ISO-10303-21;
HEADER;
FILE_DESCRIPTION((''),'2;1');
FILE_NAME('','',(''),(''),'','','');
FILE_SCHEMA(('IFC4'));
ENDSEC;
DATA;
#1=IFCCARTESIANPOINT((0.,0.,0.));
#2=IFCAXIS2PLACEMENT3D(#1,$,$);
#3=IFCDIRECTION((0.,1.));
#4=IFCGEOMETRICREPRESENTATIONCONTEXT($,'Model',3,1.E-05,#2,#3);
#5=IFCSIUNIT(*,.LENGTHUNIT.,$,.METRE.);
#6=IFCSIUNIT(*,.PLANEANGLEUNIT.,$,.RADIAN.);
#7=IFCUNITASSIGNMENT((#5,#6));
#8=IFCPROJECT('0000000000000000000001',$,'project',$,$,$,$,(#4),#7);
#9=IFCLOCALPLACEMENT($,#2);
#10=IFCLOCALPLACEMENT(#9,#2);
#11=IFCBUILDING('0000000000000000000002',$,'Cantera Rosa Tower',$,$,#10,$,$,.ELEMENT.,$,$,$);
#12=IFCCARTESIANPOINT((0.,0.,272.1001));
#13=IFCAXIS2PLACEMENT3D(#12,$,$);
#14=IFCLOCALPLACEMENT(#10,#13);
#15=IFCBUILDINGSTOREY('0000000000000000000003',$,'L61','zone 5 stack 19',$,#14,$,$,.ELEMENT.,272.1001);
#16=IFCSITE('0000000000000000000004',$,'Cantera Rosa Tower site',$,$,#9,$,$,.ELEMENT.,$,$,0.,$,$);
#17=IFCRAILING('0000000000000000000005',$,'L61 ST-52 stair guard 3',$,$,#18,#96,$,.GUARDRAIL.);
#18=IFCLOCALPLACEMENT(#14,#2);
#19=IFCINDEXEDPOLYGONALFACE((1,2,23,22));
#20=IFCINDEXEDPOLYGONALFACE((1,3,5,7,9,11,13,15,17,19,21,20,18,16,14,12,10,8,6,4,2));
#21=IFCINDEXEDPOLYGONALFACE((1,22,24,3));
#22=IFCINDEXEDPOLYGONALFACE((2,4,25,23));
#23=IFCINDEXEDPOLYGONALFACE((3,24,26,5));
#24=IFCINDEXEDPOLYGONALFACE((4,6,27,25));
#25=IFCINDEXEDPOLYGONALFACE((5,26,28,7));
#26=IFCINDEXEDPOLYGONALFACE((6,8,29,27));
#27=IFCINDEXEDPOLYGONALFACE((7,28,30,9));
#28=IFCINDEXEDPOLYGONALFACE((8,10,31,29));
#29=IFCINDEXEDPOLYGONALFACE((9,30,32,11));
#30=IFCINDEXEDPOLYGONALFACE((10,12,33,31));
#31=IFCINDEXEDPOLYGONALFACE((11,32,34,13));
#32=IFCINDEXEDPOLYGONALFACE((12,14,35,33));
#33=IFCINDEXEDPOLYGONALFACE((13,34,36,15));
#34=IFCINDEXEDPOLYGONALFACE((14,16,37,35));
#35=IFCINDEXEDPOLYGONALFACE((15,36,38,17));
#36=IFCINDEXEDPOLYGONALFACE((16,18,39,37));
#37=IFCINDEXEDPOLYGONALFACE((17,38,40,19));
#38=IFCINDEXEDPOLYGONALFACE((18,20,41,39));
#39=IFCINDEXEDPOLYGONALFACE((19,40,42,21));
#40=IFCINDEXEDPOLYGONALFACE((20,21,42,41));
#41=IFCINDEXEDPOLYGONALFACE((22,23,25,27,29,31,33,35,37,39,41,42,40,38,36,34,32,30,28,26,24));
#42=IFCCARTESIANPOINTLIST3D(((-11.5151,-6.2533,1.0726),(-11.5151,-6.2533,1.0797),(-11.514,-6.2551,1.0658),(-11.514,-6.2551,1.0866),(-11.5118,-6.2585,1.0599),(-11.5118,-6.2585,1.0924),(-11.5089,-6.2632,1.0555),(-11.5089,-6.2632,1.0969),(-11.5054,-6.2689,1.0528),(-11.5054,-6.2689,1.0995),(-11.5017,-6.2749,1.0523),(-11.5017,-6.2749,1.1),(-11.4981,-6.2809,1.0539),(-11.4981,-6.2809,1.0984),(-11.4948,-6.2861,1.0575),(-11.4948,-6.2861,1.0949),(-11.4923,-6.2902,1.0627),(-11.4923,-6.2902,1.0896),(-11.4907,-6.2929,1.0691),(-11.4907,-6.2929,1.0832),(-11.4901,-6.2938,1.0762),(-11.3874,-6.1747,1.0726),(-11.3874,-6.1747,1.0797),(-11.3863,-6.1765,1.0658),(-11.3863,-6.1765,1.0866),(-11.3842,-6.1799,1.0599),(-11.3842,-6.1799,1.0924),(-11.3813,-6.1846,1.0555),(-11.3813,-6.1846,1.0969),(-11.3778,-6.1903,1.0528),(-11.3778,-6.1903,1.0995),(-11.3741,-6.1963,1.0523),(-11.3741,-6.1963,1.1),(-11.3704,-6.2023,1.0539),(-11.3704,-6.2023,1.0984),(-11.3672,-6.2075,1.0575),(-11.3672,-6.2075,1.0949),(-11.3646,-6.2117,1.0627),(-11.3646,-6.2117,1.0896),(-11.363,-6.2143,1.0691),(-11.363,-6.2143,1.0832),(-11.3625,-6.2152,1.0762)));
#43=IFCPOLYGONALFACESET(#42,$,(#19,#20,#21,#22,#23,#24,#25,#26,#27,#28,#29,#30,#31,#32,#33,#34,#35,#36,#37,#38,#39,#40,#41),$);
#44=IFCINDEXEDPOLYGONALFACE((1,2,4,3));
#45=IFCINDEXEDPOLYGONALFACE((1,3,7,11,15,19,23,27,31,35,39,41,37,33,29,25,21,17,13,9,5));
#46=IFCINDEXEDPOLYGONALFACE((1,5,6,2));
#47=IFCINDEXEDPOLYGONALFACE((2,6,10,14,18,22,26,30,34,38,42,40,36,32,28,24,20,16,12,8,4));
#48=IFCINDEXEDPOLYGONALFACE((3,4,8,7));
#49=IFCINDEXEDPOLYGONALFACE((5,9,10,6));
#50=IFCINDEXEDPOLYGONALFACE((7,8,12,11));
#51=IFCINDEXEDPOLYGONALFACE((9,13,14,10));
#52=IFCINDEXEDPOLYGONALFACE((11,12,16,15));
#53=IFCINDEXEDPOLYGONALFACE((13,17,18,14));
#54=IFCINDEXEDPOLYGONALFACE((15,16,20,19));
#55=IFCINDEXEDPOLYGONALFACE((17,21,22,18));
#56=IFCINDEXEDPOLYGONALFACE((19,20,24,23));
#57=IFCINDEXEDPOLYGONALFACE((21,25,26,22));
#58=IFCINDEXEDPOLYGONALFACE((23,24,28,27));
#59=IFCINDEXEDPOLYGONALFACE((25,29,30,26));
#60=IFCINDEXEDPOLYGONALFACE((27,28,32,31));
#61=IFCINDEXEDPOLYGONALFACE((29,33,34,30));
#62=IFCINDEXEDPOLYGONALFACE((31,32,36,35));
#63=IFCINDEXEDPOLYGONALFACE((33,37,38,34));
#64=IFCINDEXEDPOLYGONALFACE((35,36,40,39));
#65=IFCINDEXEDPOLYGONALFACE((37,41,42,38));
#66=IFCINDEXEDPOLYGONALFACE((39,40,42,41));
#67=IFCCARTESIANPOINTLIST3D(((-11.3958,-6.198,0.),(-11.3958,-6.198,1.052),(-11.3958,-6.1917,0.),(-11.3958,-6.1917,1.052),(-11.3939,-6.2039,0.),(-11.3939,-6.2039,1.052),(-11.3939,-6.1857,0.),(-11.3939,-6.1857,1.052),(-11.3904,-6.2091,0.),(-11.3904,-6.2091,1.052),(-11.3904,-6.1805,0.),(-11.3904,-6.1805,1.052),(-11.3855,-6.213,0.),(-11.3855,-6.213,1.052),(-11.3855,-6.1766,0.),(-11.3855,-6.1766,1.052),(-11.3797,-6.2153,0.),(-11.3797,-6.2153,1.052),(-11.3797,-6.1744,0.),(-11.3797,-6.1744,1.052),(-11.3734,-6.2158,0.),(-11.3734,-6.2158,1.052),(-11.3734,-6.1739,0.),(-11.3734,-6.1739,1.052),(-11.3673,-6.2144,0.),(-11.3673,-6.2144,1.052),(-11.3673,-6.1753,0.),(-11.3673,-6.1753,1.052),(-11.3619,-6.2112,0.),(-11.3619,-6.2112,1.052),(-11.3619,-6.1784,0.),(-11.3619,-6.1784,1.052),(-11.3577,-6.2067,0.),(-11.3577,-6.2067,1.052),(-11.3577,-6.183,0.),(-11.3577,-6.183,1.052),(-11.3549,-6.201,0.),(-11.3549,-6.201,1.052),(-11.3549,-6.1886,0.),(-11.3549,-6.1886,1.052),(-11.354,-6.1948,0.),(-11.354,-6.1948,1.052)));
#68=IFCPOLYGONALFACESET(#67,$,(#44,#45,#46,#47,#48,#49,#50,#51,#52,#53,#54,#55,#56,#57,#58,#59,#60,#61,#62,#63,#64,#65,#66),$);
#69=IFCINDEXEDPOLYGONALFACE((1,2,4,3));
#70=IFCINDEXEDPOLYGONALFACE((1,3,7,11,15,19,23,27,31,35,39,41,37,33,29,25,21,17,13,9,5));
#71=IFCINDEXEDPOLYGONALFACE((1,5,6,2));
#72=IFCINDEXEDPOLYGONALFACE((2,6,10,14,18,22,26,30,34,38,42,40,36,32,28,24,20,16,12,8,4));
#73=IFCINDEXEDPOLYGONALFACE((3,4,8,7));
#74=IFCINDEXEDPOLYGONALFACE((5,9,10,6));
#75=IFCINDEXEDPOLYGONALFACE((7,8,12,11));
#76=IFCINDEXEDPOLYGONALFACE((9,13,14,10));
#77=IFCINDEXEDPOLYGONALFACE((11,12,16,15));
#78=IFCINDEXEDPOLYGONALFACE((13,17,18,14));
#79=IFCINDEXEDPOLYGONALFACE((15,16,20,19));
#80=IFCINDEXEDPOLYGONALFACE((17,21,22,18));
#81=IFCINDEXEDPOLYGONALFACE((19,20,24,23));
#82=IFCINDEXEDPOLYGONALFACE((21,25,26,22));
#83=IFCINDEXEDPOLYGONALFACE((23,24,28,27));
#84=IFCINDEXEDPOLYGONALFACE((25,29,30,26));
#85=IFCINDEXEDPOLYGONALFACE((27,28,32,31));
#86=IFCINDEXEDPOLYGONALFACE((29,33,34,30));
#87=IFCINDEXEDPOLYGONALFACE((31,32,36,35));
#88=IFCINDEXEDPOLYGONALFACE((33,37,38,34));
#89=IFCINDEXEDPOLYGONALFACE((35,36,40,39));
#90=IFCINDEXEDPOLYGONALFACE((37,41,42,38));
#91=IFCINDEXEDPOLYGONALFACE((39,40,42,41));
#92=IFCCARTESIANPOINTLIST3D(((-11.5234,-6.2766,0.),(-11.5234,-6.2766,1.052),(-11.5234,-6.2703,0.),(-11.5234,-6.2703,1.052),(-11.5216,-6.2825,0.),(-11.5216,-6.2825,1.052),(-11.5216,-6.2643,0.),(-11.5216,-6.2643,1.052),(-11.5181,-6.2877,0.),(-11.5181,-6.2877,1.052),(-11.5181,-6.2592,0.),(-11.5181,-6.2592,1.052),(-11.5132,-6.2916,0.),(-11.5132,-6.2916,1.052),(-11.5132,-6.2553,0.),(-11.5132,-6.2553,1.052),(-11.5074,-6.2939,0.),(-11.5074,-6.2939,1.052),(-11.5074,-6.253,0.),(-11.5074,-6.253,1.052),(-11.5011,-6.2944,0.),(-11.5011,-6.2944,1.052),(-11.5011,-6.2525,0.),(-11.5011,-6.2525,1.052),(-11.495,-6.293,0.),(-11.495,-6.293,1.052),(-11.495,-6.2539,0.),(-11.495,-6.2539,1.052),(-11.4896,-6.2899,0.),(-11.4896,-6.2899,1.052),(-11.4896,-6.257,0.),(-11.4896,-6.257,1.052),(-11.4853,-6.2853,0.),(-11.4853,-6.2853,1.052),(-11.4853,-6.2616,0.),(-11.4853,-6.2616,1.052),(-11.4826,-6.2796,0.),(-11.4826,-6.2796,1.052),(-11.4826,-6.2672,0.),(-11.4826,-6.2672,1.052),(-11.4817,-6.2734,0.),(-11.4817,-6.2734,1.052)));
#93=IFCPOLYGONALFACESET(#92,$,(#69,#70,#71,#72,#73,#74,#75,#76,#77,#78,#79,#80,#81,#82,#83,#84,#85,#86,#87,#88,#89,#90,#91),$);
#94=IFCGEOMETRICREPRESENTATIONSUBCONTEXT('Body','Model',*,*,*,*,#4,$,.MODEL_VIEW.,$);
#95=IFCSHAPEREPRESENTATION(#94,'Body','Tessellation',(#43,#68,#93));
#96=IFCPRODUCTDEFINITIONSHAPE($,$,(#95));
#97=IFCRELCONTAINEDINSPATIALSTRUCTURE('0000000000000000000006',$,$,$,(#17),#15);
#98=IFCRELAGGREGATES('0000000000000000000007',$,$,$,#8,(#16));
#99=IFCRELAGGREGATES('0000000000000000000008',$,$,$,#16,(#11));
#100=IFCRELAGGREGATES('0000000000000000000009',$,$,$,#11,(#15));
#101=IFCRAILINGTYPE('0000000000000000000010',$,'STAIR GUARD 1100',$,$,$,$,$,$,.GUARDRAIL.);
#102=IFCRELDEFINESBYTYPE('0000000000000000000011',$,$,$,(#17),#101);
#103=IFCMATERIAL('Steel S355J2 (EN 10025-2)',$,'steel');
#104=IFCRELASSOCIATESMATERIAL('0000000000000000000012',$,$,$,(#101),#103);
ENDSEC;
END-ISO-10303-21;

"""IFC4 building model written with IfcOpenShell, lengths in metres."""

from ifc_helpers import new_model, si_unit, direction, frame, origin, origin_2d, place, context, subcontext, project, spatial, circle, extrude, material, type_object, element, save


model = new_model("IFC4")

# Units and contexts
model_context = context("Model", 3, precision=1e-05, world=origin(), true_north=direction((0.0, 1.0)))
body_context = subcontext(model_context, "Body", "Model", "MODEL_VIEW")
ifc_project = project(units=[si_unit("LENGTHUNIT", "METRE"), si_unit("PLANEANGLEUNIT", "RADIAN")], contexts=[model_context])

# Site, building, storey
site_placement = place(None, origin())
site = spatial("IfcSite", under=ifc_project, at=site_placement, Name="Cantera Rosa Tower site", CompositionType="ELEMENT", RefElevation=0.0)
building_placement = place(site_placement, origin())
building = spatial("IfcBuilding", under=site, at=building_placement, Name="Cantera Rosa Tower", CompositionType="ELEMENT")
storey_placement = place(building_placement, frame((0.0, 0.0, 272.1001)))
storey = spatial("IfcBuildingStorey", under=building, at=storey_placement, Name="L61", Description="zone 5 stack 19", CompositionType="ELEMENT", Elevation=272.1001)

# Railing
ifc_material_1 = material(Name="Steel S355J2 (EN 10025-2)", Category="steel")
railing_type_1 = type_object("IfcRailingType", Name="STAIR GUARD 1100", PredefinedType="GUARDRAIL", material=ifc_material_1)
railing_1_placement = place(storey_placement, frame((-11.375, -6.1948, 0.0)))
element("IfcRailing", 1, at=railing_1_placement, inside=storey, type_object=railing_type_1, Name="L61 ST-52 stair guard 3", PredefinedType="GUARDRAIL", context=body_context, shape_type="SweptSolid", body=[
    extrude(circle(Radius=0.0239, at=origin_2d()), frame((0.0, 0.0, 1.0762), z_axis=(-0.851546, -0.524279, 0.0), x_axis=(0.524279, -0.851546, 0.0)), (0.0, 0.0, 1.0), 0.1499),
    extrude(circle(Radius=0.021, at=origin_2d()), origin(), (0.0, 0.0, 1.0), 1.052),
    extrude(circle(Radius=0.021, at=origin_2d()), frame((-0.1277, -0.0786, 0.0)), (0.0, 0.0, 1.0), 1.052),
])

save(model, "model.ifc")
